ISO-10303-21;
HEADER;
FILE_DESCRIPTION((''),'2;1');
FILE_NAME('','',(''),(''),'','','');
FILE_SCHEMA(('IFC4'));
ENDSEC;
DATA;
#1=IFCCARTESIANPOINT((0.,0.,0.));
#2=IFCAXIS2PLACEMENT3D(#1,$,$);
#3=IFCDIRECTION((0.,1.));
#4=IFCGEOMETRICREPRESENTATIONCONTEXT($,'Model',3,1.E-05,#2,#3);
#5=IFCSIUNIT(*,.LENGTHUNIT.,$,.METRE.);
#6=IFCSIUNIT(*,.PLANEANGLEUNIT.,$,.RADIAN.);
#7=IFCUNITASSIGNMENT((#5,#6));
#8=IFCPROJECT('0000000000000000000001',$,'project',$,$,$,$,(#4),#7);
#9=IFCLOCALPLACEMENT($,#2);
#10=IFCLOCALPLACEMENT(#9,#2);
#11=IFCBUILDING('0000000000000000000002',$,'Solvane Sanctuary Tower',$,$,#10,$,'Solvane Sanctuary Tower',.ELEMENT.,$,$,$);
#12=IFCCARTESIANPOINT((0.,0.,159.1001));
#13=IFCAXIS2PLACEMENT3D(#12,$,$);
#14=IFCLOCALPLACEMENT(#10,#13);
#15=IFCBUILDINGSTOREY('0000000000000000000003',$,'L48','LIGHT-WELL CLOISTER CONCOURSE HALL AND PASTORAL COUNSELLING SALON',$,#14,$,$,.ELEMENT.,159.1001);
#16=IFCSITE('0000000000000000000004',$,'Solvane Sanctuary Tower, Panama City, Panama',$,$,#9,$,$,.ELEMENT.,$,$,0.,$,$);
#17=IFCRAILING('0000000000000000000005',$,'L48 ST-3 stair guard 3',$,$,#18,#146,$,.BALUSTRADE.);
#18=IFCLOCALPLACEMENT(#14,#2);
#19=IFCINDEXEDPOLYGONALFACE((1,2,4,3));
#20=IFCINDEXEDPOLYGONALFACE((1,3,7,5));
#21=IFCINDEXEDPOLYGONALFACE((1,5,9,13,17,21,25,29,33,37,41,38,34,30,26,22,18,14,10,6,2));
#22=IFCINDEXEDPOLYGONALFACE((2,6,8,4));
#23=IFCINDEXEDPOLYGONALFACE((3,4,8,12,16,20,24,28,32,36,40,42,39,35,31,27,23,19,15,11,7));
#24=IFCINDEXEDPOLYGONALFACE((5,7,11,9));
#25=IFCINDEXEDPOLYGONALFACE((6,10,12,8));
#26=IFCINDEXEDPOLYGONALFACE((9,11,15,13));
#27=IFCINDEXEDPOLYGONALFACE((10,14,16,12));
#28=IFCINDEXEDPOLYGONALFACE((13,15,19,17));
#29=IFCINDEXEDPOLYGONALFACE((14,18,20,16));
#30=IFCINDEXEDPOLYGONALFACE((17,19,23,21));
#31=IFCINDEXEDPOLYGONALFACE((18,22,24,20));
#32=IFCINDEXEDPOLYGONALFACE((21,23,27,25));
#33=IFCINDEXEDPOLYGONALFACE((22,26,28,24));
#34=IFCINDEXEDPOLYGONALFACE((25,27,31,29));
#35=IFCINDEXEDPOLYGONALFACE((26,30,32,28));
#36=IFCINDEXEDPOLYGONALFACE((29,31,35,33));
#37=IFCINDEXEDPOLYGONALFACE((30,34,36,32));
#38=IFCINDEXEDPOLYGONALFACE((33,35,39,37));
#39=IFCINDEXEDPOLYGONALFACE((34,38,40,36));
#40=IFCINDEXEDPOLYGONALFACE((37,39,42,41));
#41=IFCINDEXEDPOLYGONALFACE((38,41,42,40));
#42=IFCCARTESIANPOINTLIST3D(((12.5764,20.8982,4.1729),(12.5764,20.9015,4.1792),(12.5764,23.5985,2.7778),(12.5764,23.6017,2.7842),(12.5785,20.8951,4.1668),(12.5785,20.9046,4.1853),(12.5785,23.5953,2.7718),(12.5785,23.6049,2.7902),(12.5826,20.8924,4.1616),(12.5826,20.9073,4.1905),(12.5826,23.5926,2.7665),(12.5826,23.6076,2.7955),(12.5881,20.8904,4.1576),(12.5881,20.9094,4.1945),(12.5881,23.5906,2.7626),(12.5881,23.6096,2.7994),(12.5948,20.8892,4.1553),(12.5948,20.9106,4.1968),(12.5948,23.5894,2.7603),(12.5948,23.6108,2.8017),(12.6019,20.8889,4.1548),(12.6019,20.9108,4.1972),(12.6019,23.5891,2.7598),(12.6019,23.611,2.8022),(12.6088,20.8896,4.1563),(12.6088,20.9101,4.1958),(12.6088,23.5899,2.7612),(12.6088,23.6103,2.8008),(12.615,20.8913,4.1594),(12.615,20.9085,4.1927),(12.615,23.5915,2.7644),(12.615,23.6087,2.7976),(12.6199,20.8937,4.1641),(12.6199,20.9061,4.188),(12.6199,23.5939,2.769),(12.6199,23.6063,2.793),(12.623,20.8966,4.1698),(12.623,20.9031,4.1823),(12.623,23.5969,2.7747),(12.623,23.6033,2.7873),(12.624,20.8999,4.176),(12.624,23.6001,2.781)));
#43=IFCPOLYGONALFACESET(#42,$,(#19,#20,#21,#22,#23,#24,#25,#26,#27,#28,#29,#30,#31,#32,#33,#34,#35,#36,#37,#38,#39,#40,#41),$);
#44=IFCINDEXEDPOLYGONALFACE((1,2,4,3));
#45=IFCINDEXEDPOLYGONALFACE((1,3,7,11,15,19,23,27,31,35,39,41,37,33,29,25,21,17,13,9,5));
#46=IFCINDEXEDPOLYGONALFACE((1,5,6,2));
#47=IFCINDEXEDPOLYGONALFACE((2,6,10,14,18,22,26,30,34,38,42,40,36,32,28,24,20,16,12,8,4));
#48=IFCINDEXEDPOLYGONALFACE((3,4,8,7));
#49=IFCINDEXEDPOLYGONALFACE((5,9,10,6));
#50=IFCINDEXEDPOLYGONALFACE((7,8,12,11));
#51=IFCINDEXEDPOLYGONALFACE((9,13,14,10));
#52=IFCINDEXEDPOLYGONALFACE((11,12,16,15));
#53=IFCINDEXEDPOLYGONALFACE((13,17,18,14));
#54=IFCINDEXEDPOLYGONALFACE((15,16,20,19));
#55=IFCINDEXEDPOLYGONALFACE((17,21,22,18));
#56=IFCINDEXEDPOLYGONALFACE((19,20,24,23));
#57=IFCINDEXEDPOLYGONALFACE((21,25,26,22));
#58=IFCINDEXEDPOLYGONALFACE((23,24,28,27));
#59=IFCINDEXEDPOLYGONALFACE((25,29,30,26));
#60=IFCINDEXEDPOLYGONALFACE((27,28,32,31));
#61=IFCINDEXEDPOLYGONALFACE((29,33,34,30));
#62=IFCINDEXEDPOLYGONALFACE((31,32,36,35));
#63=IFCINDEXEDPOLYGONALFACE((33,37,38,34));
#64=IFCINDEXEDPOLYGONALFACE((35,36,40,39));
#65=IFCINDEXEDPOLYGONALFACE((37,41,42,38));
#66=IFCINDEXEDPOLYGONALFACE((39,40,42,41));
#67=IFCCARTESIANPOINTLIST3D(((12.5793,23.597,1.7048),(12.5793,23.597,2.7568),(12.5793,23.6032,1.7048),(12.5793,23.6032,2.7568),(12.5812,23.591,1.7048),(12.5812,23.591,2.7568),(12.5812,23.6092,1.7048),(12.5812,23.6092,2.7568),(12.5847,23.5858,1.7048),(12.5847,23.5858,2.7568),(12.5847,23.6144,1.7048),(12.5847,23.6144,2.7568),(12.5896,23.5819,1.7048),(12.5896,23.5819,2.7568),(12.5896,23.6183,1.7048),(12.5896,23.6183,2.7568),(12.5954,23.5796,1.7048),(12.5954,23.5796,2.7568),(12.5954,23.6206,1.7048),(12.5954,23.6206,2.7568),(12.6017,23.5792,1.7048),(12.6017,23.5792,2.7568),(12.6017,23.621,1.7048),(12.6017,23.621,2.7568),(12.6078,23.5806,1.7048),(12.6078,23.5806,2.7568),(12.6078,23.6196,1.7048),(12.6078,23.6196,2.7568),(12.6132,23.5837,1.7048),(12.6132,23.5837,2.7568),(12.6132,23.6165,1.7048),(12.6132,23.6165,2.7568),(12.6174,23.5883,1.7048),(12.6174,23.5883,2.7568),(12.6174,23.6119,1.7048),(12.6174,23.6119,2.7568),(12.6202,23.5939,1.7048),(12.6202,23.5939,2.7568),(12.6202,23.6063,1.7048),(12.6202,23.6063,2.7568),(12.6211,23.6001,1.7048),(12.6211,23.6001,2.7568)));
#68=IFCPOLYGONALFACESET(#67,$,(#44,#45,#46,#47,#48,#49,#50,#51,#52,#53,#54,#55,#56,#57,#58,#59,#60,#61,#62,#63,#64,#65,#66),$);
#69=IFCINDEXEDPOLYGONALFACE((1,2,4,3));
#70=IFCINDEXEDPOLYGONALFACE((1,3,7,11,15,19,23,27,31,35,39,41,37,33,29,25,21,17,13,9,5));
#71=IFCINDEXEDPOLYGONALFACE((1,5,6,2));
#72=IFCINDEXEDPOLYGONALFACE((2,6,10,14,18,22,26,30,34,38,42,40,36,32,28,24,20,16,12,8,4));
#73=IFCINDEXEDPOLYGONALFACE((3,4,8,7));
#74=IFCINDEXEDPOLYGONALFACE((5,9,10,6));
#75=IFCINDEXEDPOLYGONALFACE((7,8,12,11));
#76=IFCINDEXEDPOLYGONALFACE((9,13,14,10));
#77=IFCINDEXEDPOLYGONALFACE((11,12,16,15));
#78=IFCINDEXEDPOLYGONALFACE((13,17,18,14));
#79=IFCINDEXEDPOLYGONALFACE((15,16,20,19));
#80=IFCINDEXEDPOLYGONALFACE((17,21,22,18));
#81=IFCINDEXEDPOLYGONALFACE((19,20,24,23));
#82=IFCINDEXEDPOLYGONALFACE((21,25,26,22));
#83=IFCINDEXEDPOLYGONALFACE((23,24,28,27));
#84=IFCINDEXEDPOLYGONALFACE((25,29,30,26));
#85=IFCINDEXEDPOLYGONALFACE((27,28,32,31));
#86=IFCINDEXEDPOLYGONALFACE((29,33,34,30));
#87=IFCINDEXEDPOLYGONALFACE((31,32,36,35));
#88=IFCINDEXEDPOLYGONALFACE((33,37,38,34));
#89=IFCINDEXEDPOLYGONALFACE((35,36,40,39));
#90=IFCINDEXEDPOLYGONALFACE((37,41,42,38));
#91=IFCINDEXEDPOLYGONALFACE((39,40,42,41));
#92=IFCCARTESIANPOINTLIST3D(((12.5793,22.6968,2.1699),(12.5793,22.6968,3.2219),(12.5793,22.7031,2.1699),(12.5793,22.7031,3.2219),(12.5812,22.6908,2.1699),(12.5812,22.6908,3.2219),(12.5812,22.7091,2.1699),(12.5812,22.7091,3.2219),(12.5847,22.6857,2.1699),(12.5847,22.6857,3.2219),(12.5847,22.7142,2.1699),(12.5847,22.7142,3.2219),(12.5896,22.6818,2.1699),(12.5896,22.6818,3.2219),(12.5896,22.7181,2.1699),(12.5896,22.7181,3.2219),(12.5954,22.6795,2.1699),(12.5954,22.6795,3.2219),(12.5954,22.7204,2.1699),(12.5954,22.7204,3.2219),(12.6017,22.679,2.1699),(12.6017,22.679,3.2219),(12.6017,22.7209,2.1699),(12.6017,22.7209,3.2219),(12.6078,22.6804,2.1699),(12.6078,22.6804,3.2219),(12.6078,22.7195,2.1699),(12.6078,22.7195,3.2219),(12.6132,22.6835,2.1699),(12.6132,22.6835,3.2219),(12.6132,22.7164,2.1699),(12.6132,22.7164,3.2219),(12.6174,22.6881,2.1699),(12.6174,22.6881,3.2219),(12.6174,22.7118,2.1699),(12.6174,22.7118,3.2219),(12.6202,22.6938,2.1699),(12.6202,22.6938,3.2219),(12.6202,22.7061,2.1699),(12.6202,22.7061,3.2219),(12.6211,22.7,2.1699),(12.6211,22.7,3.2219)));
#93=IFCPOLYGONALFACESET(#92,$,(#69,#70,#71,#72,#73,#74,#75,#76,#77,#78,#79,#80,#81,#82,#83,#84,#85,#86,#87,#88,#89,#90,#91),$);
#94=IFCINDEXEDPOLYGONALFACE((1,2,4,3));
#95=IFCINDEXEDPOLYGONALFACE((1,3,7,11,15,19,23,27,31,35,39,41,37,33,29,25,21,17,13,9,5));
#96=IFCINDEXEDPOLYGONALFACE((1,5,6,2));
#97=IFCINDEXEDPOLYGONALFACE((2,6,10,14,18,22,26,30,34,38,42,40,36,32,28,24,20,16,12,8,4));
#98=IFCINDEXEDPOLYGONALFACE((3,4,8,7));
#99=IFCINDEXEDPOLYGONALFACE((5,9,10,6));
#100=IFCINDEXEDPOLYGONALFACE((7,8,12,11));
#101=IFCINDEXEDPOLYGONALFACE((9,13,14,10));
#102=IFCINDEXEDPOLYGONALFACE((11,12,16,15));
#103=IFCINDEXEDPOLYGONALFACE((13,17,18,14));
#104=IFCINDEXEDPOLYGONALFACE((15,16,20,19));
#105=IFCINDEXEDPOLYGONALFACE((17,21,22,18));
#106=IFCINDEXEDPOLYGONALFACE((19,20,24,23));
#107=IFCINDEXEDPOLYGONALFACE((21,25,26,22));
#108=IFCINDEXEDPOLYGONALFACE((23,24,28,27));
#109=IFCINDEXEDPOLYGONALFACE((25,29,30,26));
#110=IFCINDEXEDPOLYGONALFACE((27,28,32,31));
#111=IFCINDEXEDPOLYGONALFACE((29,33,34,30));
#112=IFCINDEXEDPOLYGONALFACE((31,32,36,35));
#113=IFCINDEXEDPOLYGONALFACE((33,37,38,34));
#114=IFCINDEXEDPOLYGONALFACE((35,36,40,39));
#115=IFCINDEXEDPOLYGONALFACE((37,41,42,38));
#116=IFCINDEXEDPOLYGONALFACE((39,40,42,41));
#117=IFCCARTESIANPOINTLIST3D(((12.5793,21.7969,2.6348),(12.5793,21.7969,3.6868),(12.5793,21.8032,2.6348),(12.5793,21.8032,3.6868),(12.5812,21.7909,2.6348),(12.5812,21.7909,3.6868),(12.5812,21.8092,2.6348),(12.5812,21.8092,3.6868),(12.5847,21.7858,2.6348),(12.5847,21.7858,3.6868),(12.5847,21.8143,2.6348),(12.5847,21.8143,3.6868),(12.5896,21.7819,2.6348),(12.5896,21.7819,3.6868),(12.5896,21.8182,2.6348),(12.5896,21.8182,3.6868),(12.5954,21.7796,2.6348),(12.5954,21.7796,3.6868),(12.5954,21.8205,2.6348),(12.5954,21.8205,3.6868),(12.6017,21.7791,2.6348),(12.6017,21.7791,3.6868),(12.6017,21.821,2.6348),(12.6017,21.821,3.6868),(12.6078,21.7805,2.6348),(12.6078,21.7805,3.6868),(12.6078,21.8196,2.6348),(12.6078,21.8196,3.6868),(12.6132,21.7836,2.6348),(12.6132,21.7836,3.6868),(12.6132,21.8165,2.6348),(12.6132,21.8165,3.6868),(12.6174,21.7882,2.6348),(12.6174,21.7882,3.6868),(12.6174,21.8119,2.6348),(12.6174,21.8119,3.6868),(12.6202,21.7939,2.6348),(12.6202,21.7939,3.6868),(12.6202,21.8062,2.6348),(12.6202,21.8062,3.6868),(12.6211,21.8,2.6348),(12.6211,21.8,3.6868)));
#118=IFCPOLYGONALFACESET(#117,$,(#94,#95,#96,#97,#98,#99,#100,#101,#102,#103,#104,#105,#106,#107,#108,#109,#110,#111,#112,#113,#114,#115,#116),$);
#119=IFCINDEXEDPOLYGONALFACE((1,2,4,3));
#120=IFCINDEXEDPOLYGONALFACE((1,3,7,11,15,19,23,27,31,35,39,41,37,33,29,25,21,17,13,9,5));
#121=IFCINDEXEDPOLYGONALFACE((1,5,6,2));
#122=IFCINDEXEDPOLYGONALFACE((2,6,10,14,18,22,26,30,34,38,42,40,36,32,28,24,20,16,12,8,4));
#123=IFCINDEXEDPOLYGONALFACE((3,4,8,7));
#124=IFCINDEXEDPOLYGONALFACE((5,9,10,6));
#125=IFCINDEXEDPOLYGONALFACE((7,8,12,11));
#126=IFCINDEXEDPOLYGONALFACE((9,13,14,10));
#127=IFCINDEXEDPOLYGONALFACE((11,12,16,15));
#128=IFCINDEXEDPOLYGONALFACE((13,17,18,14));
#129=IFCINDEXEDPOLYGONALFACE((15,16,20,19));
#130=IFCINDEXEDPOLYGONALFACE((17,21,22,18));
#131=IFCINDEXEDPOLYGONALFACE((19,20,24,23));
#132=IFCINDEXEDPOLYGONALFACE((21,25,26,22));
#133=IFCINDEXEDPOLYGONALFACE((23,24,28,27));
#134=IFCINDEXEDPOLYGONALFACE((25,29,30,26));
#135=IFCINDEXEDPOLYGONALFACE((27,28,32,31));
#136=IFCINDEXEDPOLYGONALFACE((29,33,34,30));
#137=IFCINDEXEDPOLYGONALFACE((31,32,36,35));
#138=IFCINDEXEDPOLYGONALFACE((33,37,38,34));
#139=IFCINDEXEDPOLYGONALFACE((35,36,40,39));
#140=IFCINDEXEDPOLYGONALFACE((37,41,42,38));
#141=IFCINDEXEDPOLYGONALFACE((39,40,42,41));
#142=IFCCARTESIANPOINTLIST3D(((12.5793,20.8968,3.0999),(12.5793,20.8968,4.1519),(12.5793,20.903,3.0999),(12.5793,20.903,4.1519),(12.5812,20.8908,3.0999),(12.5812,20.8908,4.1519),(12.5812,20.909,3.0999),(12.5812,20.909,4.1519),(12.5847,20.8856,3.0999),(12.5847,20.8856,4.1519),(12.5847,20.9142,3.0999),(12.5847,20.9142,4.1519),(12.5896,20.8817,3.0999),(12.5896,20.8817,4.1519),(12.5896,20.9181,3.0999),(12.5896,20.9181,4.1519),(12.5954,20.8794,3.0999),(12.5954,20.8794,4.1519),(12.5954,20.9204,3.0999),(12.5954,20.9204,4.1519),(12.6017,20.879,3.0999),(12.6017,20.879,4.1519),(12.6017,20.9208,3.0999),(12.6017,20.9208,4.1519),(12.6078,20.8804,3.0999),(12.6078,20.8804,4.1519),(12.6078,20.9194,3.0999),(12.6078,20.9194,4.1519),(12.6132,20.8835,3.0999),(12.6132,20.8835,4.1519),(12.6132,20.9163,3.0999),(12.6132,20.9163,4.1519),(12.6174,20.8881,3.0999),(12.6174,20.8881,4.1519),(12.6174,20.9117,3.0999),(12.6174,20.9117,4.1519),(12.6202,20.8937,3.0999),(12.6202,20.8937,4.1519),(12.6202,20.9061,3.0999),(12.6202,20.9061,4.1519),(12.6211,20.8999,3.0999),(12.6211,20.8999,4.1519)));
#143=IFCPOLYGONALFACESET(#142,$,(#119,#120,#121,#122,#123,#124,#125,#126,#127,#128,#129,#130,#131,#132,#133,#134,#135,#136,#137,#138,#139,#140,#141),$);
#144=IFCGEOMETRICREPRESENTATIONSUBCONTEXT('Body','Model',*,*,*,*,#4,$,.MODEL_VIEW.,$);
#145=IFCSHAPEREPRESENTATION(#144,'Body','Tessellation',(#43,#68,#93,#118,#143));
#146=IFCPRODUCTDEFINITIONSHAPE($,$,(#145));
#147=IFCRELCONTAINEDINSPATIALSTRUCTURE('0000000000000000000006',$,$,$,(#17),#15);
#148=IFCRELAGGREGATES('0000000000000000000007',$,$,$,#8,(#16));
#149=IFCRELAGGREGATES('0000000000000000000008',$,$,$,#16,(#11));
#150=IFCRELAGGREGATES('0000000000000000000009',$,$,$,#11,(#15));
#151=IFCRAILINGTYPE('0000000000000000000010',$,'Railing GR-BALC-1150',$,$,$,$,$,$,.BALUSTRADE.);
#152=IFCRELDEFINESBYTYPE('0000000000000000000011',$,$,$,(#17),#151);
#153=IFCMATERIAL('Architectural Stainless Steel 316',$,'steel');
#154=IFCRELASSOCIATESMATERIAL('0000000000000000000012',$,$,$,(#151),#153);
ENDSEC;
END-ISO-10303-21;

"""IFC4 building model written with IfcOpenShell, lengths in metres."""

from ifc_helpers import new_model, si_unit, direction, frame, origin, origin_2d, place, context, subcontext, project, spatial, circle, extrude, material, type_object, element, save


model = new_model("IFC4")

# Units and contexts
model_context = context("Model", 3, precision=1e-05, world=origin(), true_north=direction((0.0, 1.0)))
body_context = subcontext(model_context, "Body", "Model", "MODEL_VIEW")
ifc_project = project(units=[si_unit("LENGTHUNIT", "METRE"), si_unit("PLANEANGLEUNIT", "RADIAN")], contexts=[model_context])

# Site, building, storey
site_placement = place(None, origin())
site = spatial("IfcSite", under=ifc_project, at=site_placement, Name="Solvane Sanctuary Tower, Panama City, Panama", CompositionType="ELEMENT", RefElevation=0.0)
building_placement = place(site_placement, origin())
building = spatial("IfcBuilding", under=site, at=building_placement, Name="Solvane Sanctuary Tower", LongName="Solvane Sanctuary Tower", CompositionType="ELEMENT")
storey_placement = place(building_placement, frame((0.0, 0.0, 159.1001)))
storey = spatial("IfcBuildingStorey", under=building, at=storey_placement, Name="L48", Description="LIGHT-WELL CLOISTER CONCOURSE HALL AND PASTORAL COUNSELLING SALON", CompositionType="ELEMENT", Elevation=159.1001)

# Shared definitions
ifc_material_1 = material(Name="Architectural Stainless Steel 316", Category="steel")

# Railing
railing_type_1 = type_object("IfcRailingType", Name="Railing GR-BALC-1150", PredefinedType="BALUSTRADE", material=ifc_material_1)
railing_1_placement = place(storey_placement, frame((12.6001, 23.6001, 1.7048)))
element("IfcRailing", 1, at=railing_1_placement, inside=storey, type_object=railing_type_1, Name="L48 ST-3 stair guard 3", PredefinedType="BALUSTRADE", context=body_context, shape_type="SweptSolid", body=[
    extrude(circle(Radius=0.0239, at=origin_2d()), frame((0.0, 0.0, 1.0762), z_axis=(0.0, -0.888437, 0.458999), x_axis=(1.0, 0.0, 0.0)), (0.0, 0.0, 1.0), 3.0393),
    extrude(circle(Radius=0.021, at=origin_2d()), origin(), (0.0, 0.0, 1.0), 1.052),
    extrude(circle(Radius=0.021, at=origin_2d()), frame((0.0, -0.9001, 0.4651)), (0.0, 0.0, 1.0), 1.052),
    extrude(circle(Radius=0.021, at=origin_2d()), frame((0.0, -1.8, 0.9299)), (0.0, 0.0, 1.0), 1.052),
    extrude(circle(Radius=0.021, at=origin_2d()), frame((0.0, -2.7002, 1.395)), (0.0, 0.0, 1.0), 1.052),
])

save(model, "model.ifc")
